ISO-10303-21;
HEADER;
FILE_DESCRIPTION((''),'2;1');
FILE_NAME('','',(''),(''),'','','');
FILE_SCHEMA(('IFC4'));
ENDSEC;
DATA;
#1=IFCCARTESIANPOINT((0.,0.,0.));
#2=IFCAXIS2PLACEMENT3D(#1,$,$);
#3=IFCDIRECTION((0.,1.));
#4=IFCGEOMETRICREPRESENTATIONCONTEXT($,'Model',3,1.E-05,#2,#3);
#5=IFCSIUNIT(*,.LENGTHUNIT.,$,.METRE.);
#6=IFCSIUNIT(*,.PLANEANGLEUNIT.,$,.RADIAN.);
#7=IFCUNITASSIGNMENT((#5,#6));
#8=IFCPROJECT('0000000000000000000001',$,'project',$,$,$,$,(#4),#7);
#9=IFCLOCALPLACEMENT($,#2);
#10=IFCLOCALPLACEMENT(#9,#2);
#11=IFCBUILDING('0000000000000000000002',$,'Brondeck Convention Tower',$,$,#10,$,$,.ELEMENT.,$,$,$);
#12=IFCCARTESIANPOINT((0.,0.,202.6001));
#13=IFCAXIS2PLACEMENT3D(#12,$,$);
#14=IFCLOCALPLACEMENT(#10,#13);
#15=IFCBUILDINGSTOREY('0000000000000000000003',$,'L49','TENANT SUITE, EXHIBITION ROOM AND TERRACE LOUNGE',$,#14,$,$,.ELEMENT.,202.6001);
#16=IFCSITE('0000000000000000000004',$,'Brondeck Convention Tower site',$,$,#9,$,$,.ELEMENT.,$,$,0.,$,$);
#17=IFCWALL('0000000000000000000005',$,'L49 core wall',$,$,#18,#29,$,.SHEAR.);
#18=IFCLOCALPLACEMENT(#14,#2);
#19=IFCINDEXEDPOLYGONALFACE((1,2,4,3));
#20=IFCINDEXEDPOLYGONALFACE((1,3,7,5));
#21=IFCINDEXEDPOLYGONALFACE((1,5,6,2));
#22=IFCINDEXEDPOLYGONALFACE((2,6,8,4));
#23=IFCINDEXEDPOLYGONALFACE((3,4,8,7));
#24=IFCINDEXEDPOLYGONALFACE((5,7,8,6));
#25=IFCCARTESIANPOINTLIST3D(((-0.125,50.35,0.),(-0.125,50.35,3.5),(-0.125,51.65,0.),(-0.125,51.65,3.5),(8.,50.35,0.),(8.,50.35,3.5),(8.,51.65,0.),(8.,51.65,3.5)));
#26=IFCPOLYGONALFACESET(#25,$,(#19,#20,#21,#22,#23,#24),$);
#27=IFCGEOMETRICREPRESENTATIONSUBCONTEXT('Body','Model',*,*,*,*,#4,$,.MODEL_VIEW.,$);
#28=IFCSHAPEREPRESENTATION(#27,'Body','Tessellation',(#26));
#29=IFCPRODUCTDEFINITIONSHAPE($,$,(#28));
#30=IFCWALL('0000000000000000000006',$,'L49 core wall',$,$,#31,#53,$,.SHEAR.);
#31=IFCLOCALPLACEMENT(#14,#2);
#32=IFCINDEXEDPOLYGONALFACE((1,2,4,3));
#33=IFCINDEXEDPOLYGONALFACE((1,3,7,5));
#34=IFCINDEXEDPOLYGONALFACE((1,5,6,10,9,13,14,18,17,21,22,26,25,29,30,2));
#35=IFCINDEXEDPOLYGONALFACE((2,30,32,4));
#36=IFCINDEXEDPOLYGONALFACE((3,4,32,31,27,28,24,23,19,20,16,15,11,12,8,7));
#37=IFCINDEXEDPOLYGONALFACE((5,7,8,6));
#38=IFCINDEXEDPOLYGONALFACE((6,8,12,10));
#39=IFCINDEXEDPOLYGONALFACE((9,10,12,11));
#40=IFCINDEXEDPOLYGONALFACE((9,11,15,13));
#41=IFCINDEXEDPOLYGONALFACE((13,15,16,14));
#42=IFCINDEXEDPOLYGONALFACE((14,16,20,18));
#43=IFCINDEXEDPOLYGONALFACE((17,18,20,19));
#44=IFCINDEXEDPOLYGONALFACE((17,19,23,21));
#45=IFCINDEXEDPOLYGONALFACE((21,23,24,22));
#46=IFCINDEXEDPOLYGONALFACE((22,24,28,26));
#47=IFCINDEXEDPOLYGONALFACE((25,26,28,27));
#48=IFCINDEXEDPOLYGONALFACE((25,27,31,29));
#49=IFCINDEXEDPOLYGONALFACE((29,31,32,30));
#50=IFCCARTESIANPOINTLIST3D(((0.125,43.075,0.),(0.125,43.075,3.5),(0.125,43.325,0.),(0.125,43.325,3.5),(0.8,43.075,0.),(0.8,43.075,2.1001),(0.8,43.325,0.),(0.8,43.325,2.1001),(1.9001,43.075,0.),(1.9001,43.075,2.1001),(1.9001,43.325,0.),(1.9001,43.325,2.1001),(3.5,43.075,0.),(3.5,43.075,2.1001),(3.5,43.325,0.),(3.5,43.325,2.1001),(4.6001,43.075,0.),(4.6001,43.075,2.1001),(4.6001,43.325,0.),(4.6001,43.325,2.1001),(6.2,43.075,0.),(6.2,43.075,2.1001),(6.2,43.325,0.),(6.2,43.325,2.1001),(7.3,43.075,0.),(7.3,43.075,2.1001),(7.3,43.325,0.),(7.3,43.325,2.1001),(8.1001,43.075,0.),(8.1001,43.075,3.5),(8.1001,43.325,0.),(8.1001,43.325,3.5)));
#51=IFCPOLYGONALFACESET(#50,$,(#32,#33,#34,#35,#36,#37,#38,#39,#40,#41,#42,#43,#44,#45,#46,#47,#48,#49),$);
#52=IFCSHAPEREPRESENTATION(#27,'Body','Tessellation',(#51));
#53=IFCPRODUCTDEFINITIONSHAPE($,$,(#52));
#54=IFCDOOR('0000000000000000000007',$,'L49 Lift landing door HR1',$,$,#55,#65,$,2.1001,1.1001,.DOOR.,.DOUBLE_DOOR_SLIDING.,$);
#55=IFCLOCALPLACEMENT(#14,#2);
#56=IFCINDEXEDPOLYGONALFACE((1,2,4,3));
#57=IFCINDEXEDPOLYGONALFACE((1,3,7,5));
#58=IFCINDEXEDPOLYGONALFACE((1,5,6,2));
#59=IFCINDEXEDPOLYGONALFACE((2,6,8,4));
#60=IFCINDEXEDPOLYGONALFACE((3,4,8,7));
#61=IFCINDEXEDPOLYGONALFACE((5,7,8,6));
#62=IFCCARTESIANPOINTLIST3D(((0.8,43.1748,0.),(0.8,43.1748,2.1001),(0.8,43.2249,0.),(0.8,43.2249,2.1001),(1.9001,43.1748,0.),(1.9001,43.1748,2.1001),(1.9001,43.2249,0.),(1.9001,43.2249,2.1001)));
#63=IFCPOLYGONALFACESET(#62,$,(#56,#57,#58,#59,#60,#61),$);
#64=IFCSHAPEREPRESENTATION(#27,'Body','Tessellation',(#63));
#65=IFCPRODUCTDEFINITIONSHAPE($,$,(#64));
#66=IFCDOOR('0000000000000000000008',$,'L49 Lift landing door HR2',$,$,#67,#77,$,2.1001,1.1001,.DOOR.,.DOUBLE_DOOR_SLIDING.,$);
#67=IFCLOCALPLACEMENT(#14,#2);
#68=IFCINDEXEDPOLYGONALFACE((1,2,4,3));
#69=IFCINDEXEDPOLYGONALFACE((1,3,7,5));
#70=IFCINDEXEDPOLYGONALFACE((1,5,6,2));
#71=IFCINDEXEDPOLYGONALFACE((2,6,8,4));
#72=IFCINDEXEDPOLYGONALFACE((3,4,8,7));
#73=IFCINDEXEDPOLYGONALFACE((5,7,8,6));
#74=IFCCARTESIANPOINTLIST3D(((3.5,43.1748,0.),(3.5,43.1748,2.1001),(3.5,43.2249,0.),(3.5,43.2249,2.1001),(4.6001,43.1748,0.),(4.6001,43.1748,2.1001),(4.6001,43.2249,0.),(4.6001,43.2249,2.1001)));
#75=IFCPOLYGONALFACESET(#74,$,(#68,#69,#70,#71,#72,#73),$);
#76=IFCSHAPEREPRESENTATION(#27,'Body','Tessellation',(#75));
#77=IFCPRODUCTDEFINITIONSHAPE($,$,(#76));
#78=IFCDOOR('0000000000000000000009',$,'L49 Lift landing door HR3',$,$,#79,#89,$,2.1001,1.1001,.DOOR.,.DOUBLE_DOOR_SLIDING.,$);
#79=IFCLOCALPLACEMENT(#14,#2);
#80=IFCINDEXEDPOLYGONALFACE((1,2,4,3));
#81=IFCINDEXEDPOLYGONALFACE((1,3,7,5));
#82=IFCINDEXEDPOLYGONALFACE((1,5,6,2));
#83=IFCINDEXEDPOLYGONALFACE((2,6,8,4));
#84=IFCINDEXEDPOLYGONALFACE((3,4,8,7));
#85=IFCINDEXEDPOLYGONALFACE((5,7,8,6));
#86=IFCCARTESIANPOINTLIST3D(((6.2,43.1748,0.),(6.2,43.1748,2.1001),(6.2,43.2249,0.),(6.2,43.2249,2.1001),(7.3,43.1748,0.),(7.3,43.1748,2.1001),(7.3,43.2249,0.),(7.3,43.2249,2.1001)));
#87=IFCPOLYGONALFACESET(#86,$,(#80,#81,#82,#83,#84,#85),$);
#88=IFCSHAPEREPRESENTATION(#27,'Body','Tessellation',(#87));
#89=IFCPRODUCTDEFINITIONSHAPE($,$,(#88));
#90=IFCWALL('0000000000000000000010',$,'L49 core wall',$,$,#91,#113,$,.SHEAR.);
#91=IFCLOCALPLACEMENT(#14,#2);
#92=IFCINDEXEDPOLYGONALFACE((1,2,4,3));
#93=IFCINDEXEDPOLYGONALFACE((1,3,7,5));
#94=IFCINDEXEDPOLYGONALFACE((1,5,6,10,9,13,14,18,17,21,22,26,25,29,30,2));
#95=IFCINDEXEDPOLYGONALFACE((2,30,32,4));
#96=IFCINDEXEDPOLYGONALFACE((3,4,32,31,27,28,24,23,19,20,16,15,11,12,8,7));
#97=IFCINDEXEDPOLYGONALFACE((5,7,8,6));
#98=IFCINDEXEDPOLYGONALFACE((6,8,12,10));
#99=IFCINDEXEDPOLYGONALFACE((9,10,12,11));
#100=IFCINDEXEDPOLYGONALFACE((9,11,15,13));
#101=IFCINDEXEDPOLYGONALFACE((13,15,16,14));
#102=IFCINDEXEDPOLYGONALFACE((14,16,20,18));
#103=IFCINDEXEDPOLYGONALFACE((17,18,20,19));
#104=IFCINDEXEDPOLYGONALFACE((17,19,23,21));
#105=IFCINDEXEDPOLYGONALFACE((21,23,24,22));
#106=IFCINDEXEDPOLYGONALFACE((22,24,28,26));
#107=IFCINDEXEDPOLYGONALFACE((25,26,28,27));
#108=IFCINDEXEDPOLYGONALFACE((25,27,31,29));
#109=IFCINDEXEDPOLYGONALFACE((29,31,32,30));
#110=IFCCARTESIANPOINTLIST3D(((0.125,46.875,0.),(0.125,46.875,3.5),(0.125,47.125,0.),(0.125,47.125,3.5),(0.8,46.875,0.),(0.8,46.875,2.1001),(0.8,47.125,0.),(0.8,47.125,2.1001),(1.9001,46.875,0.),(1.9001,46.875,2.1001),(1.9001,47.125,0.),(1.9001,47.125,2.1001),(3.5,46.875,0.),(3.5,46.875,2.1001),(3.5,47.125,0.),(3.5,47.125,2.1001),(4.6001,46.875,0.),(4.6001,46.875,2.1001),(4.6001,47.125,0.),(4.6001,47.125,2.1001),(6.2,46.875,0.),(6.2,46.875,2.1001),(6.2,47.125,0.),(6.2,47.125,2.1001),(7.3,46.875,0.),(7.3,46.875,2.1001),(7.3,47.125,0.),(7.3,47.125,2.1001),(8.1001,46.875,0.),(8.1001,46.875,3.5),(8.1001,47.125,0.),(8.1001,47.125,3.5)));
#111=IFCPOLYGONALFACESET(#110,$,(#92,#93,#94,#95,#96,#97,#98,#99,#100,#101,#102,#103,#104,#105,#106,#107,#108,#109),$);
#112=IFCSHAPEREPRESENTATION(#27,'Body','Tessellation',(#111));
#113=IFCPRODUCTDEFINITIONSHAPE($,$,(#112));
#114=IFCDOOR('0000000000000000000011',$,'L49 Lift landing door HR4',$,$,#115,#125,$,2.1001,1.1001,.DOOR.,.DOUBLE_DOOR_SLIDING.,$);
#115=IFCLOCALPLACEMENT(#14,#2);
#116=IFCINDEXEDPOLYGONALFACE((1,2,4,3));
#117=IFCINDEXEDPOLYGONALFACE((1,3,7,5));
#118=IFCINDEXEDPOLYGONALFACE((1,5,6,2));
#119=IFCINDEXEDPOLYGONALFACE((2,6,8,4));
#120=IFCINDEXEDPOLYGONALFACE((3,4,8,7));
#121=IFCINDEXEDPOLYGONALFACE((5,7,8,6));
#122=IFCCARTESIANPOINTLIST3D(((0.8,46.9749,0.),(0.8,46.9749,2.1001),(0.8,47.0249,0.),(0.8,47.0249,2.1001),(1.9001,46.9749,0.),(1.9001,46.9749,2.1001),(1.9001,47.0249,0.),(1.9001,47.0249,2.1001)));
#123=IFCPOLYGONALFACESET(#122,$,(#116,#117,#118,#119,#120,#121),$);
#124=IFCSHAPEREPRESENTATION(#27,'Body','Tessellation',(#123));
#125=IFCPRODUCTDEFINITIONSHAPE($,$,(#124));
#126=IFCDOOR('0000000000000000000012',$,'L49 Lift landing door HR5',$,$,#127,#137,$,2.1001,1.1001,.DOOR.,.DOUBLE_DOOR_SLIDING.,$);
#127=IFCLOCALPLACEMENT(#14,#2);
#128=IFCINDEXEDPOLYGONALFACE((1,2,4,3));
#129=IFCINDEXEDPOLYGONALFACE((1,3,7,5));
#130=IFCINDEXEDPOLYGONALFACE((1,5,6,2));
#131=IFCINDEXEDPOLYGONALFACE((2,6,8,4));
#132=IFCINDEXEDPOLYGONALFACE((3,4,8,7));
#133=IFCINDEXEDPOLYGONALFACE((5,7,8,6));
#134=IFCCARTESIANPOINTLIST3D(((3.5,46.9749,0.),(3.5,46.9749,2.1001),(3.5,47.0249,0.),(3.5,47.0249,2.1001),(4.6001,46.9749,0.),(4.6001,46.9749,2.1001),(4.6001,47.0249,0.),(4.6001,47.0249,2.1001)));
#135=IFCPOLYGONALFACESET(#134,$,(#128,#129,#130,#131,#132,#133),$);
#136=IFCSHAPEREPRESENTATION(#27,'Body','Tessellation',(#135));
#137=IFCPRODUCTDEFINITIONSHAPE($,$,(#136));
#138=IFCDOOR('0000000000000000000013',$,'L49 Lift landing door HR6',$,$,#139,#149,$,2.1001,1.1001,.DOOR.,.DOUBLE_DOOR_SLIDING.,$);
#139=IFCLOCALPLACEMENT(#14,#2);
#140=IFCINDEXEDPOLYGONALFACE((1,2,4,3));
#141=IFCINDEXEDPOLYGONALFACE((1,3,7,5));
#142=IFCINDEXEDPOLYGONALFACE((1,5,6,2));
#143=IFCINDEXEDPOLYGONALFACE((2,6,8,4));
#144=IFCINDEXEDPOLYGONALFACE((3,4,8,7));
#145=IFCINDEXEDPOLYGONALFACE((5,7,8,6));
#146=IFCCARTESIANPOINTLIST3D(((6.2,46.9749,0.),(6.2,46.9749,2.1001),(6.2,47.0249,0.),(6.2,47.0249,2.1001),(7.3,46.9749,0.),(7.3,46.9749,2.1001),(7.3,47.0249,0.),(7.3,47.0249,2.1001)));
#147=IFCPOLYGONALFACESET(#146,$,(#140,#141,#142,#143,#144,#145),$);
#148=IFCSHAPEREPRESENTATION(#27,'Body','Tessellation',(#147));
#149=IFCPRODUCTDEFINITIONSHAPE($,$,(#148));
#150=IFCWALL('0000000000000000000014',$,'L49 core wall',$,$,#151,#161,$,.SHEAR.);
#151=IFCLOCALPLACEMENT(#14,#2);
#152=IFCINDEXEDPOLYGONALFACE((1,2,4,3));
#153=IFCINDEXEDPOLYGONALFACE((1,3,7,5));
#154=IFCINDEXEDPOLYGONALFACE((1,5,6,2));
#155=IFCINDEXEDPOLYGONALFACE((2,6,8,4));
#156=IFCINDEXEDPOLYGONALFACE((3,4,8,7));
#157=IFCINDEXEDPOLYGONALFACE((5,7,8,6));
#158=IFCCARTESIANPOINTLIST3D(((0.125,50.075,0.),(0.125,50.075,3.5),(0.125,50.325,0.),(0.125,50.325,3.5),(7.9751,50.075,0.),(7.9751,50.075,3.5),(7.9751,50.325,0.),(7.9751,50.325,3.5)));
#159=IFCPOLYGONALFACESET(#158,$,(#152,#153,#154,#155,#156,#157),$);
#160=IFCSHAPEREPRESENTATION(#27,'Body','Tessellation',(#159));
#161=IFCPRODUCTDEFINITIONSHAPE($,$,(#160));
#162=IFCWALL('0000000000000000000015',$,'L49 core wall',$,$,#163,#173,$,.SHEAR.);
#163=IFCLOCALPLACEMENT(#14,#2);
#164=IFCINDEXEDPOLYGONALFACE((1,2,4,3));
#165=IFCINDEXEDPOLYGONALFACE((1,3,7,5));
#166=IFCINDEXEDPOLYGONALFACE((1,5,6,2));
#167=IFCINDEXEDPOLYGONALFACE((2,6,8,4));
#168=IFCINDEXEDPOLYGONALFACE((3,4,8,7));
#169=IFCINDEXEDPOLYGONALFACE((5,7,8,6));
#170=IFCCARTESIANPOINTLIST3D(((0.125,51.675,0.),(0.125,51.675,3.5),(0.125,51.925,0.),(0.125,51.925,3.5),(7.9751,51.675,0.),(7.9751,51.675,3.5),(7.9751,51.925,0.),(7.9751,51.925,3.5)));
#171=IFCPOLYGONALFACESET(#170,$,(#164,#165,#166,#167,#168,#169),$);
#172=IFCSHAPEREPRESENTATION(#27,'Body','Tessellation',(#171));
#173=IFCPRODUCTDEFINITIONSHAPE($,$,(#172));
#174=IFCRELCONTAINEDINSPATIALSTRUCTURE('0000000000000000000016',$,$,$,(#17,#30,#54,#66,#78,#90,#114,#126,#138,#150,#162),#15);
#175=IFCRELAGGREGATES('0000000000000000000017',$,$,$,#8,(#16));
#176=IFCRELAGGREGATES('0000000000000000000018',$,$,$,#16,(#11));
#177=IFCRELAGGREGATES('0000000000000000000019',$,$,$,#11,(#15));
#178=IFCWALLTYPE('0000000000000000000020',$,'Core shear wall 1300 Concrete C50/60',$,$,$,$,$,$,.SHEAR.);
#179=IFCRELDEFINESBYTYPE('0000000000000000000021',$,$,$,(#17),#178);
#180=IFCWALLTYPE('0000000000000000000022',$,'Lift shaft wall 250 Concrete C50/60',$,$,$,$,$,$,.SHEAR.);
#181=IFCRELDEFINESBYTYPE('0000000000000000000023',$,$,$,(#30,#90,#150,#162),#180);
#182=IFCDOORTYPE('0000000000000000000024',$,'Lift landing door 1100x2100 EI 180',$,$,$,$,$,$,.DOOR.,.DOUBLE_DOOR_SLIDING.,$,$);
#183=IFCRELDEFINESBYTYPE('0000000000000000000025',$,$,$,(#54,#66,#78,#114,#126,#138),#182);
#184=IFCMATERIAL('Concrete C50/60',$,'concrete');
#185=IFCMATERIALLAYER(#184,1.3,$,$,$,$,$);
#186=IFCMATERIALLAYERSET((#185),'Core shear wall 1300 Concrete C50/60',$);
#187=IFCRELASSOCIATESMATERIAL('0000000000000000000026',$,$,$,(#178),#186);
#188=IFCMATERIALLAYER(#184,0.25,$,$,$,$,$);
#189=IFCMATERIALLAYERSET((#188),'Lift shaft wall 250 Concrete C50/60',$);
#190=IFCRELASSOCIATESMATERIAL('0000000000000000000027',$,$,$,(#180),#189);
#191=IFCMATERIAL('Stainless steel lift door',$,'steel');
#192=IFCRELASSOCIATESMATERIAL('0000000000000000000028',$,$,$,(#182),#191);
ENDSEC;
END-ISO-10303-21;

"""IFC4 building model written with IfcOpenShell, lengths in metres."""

from ifc_helpers import new_model, si_unit, direction, frame, frame_2d, origin, place, context, subcontext, project, spatial, rectangle, extrude, material, layer, layer_set, type_object, element, fill, save


model = new_model("IFC4")

# Units and contexts
model_context = context("Model", 3, precision=1e-05, world=origin(), true_north=direction((0.0, 1.0)))
body_context = subcontext(model_context, "Body", "Model", "MODEL_VIEW")
ifc_project = project(units=[si_unit("LENGTHUNIT", "METRE"), si_unit("PLANEANGLEUNIT", "RADIAN")], contexts=[model_context])

# Site, building, storey
site_placement = place(None, origin())
site = spatial("IfcSite", under=ifc_project, at=site_placement, Name="Brondeck Convention Tower site", CompositionType="ELEMENT", RefElevation=0.0)
building_placement = place(site_placement, origin())
building = spatial("IfcBuilding", under=site, at=building_placement, Name="Brondeck Convention Tower", CompositionType="ELEMENT")
storey_placement = place(building_placement, frame((0.0, 0.0, 202.6001)))
storey = spatial("IfcBuildingStorey", under=building, at=storey_placement, Name="L49", Description="TENANT SUITE, EXHIBITION ROOM AND TERRACE LOUNGE", CompositionType="ELEMENT", Elevation=202.6001)

# Shared definitions
ifc_material_1 = material(Name="Concrete C50/60", Category="concrete")

# Wall
ifc_layer_1 = layer(ifc_material_1, 1.3)
ifc_layer_set_1 = layer_set([ifc_layer_1], Name="Core shear wall 1300 Concrete C50/60")
wall_type_1 = type_object("IfcWallType", Name="Core shear wall 1300 Concrete C50/60", PredefinedType="SHEAR", material=ifc_layer_set_1)
wall_1_placement = place(storey_placement, frame((-0.125, 51.0, 0.0), z_axis=(0.0, 0.0, 1.0), x_axis=(1.0, 0.0, 0.0)))
element("IfcWall", 1, at=wall_1_placement, inside=storey, type_object=wall_type_1, Name="L49 core wall", PredefinedType="SHEAR", context=body_context, shape_type="SweptSolid", body=[
    extrude(rectangle(XDim=8.125, YDim=1.3, at=frame_2d((4.0625, 0.0))), origin(), (0.0, 0.0, 1.0), 3.5),
])

# Walls, openings, doors
ifc_layer_2 = layer(ifc_material_1, 0.25)
ifc_layer_set_2 = layer_set([ifc_layer_2], Name="Lift shaft wall 250 Concrete C50/60")
wall_type_2 = type_object("IfcWallType", Name="Lift shaft wall 250 Concrete C50/60", PredefinedType="SHEAR", material=ifc_layer_set_2)
wall_2_placement = place(storey_placement, frame((0.125, 43.2, 0.0), z_axis=(0.0, 0.0, 1.0), x_axis=(1.0, 0.0, 0.0)))
wall_2 = element("IfcWall", 2, at=wall_2_placement, inside=storey, type_object=wall_type_2, Name="L49 core wall", PredefinedType="SHEAR", context=body_context, shape_type="SweptSolid", body=[
    extrude(rectangle(XDim=7.9751, YDim=0.25, at=frame_2d((3.9875, 0.0))), origin(), (0.0, 0.0, 1.0), 3.5),
])
opening_1_placement = place(wall_2_placement, frame((0.675, 0.0, 0.0)))
opening_1 = element("IfcOpeningElement", 3, at=opening_1_placement, cuts=wall_2, PredefinedType="OPENING", context=body_context, shape_type="SweptSolid", body=[
    extrude(rectangle(XDim=1.1001, YDim=2.1001, at=frame_2d((0.55, 1.05))), frame((0.0, 0.135, 0.0), z_axis=(0.0, -1.0, 0.0), x_axis=(1.0, 0.0, 0.0)), (0.0, 0.0, 1.0), 0.27),
])
opening_2_placement = place(wall_2_placement, frame((3.375, 0.0, 0.0)))
opening_2 = element("IfcOpeningElement", 4, at=opening_2_placement, cuts=wall_2, PredefinedType="OPENING", context=body_context, shape_type="SweptSolid", body=[
    extrude(rectangle(XDim=1.1001, YDim=2.1001, at=frame_2d((0.55, 1.05))), frame((0.0, 0.135, 0.0), z_axis=(0.0, -1.0, 0.0), x_axis=(1.0, 0.0, 0.0)), (0.0, 0.0, 1.0), 0.27),
])
opening_3_placement = place(wall_2_placement, frame((6.075, 0.0, 0.0)))
opening_3 = element("IfcOpeningElement", 5, at=opening_3_placement, cuts=wall_2, PredefinedType="OPENING", context=body_context, shape_type="SweptSolid", body=[
    extrude(rectangle(XDim=1.1001, YDim=2.1001, at=frame_2d((0.55, 1.05))), frame((0.0, 0.135, 0.0), z_axis=(0.0, -1.0, 0.0), x_axis=(1.0, 0.0, 0.0)), (0.0, 0.0, 1.0), 0.27),
])
ifc_material_2 = material(Name="Stainless steel lift door", Category="steel")
door_type_1 = type_object("IfcDoorType", Name="Lift landing door 1100x2100 EI 180", OperationType="DOUBLE_DOOR_SLIDING", PredefinedType="DOOR", material=ifc_material_2)
door_1_placement = place(opening_1_placement, origin())
door_1 = element("IfcDoor", 6, at=door_1_placement, inside=storey, type_object=door_type_1, Name="L49 Lift landing door HR1", OperationType="DOUBLE_DOOR_SLIDING", OverallHeight=2.1001, OverallWidth=1.1001, PredefinedType="DOOR", context=body_context, shape_type="SweptSolid", body=[
    extrude(rectangle(XDim=1.1001, YDim=2.1001, at=frame_2d((0.55, 1.05))), frame((0.0, 0.0249, 0.0), z_axis=(0.0, -1.0, 0.0), x_axis=(1.0, 0.0, 0.0)), (0.0, 0.0, 1.0), 0.05),
])
fill(opening_1, door_1)
door_2_placement = place(opening_2_placement, origin())
door_2 = element("IfcDoor", 7, at=door_2_placement, inside=storey, type_object=door_type_1, Name="L49 Lift landing door HR2", OperationType="DOUBLE_DOOR_SLIDING", OverallHeight=2.1001, OverallWidth=1.1001, PredefinedType="DOOR", context=body_context, shape_type="SweptSolid", body=[
    extrude(rectangle(XDim=1.1001, YDim=2.1001, at=frame_2d((0.55, 1.05))), frame((0.0, 0.0249, 0.0), z_axis=(0.0, -1.0, 0.0), x_axis=(1.0, 0.0, 0.0)), (0.0, 0.0, 1.0), 0.05),
])
fill(opening_2, door_2)
door_3_placement = place(opening_3_placement, origin())
door_3 = element("IfcDoor", 8, at=door_3_placement, inside=storey, type_object=door_type_1, Name="L49 Lift landing door HR3", OperationType="DOUBLE_DOOR_SLIDING", OverallHeight=2.1001, OverallWidth=1.1001, PredefinedType="DOOR", context=body_context, shape_type="SweptSolid", body=[
    extrude(rectangle(XDim=1.1001, YDim=2.1001, at=frame_2d((0.55, 1.05))), frame((0.0, 0.0249, 0.0), z_axis=(0.0, -1.0, 0.0), x_axis=(1.0, 0.0, 0.0)), (0.0, 0.0, 1.0), 0.05),
])
fill(opening_3, door_3)
wall_3_placement = place(storey_placement, frame((0.125, 47.0, 0.0), z_axis=(0.0, 0.0, 1.0), x_axis=(1.0, 0.0, 0.0)))
wall_3 = element("IfcWall", 9, at=wall_3_placement, inside=storey, type_object=wall_type_2, Name="L49 core wall", PredefinedType="SHEAR", context=body_context, shape_type="SweptSolid", body=[
    extrude(rectangle(XDim=7.9751, YDim=0.25, at=frame_2d((3.9875, 0.0))), origin(), (0.0, 0.0, 1.0), 3.5),
])
opening_4_placement = place(wall_3_placement, frame((0.675, 0.0, 0.0)))
opening_4 = element("IfcOpeningElement", 10, at=opening_4_placement, cuts=wall_3, PredefinedType="OPENING", context=body_context, shape_type="SweptSolid", body=[
    extrude(rectangle(XDim=1.1001, YDim=2.1001, at=frame_2d((0.55, 1.05))), frame((0.0, 0.135, 0.0), z_axis=(0.0, -1.0, 0.0), x_axis=(1.0, 0.0, 0.0)), (0.0, 0.0, 1.0), 0.27),
])
opening_5_placement = place(wall_3_placement, frame((3.375, 0.0, 0.0)))
opening_5 = element("IfcOpeningElement", 11, at=opening_5_placement, cuts=wall_3, PredefinedType="OPENING", context=body_context, shape_type="SweptSolid", body=[
    extrude(rectangle(XDim=1.1001, YDim=2.1001, at=frame_2d((0.55, 1.05))), frame((0.0, 0.135, 0.0), z_axis=(0.0, -1.0, 0.0), x_axis=(1.0, 0.0, 0.0)), (0.0, 0.0, 1.0), 0.27),
])
opening_6_placement = place(wall_3_placement, frame((6.075, 0.0, 0.0)))
opening_6 = element("IfcOpeningElement", 12, at=opening_6_placement, cuts=wall_3, PredefinedType="OPENING", context=body_context, shape_type="SweptSolid", body=[
    extrude(rectangle(XDim=1.1001, YDim=2.1001, at=frame_2d((0.55, 1.05))), frame((0.0, 0.135, 0.0), z_axis=(0.0, -1.0, 0.0), x_axis=(1.0, 0.0, 0.0)), (0.0, 0.0, 1.0), 0.27),
])
door_4_placement = place(opening_4_placement, origin())
door_4 = element("IfcDoor", 13, at=door_4_placement, inside=storey, type_object=door_type_1, Name="L49 Lift landing door HR4", OperationType="DOUBLE_DOOR_SLIDING", OverallHeight=2.1001, OverallWidth=1.1001, PredefinedType="DOOR", context=body_context, shape_type="SweptSolid", body=[
    extrude(rectangle(XDim=1.1001, YDim=2.1001, at=frame_2d((0.55, 1.05))), frame((0.0, 0.0249, 0.0), z_axis=(0.0, -1.0, 0.0), x_axis=(1.0, 0.0, 0.0)), (0.0, 0.0, 1.0), 0.05),
])
fill(opening_4, door_4)
door_5_placement = place(opening_5_placement, origin())
door_5 = element("IfcDoor", 14, at=door_5_placement, inside=storey, type_object=door_type_1, Name="L49 Lift landing door HR5", OperationType="DOUBLE_DOOR_SLIDING", OverallHeight=2.1001, OverallWidth=1.1001, PredefinedType="DOOR", context=body_context, shape_type="SweptSolid", body=[
    extrude(rectangle(XDim=1.1001, YDim=2.1001, at=frame_2d((0.55, 1.05))), frame((0.0, 0.0249, 0.0), z_axis=(0.0, -1.0, 0.0), x_axis=(1.0, 0.0, 0.0)), (0.0, 0.0, 1.0), 0.05),
])
fill(opening_5, door_5)
door_6_placement = place(opening_6_placement, origin())
door_6 = element("IfcDoor", 15, at=door_6_placement, inside=storey, type_object=door_type_1, Name="L49 Lift landing door HR6", OperationType="DOUBLE_DOOR_SLIDING", OverallHeight=2.1001, OverallWidth=1.1001, PredefinedType="DOOR", context=body_context, shape_type="SweptSolid", body=[
    extrude(rectangle(XDim=1.1001, YDim=2.1001, at=frame_2d((0.55, 1.05))), frame((0.0, 0.0249, 0.0), z_axis=(0.0, -1.0, 0.0), x_axis=(1.0, 0.0, 0.0)), (0.0, 0.0, 1.0), 0.05),
])
fill(opening_6, door_6)

# Walls
for number, where, z_axis, x_axis, name in (
    (16, (0.125, 50.2, 0.0), (0.0, 0.0, 1.0), (1.0, 0.0, 0.0), "L49 core wall"),
    (17, (0.125, 51.8, 0.0), (0.0, 0.0, 1.0), (1.0, 0.0, 0.0), "L49 core wall"),
):
    element("IfcWall", number, at=place(storey_placement, frame(where, z_axis=z_axis, x_axis=x_axis)), inside=storey, type_object=wall_type_2, Name=name, PredefinedType="SHEAR", context=body_context, shape_type="SweptSolid", body=[
        extrude(rectangle(XDim=7.8501, YDim=0.25, at=frame_2d((3.925, 0.0))), origin(), (0.0, 0.0, 1.0), 3.5),
    ])

save(model, "model.ifc")
